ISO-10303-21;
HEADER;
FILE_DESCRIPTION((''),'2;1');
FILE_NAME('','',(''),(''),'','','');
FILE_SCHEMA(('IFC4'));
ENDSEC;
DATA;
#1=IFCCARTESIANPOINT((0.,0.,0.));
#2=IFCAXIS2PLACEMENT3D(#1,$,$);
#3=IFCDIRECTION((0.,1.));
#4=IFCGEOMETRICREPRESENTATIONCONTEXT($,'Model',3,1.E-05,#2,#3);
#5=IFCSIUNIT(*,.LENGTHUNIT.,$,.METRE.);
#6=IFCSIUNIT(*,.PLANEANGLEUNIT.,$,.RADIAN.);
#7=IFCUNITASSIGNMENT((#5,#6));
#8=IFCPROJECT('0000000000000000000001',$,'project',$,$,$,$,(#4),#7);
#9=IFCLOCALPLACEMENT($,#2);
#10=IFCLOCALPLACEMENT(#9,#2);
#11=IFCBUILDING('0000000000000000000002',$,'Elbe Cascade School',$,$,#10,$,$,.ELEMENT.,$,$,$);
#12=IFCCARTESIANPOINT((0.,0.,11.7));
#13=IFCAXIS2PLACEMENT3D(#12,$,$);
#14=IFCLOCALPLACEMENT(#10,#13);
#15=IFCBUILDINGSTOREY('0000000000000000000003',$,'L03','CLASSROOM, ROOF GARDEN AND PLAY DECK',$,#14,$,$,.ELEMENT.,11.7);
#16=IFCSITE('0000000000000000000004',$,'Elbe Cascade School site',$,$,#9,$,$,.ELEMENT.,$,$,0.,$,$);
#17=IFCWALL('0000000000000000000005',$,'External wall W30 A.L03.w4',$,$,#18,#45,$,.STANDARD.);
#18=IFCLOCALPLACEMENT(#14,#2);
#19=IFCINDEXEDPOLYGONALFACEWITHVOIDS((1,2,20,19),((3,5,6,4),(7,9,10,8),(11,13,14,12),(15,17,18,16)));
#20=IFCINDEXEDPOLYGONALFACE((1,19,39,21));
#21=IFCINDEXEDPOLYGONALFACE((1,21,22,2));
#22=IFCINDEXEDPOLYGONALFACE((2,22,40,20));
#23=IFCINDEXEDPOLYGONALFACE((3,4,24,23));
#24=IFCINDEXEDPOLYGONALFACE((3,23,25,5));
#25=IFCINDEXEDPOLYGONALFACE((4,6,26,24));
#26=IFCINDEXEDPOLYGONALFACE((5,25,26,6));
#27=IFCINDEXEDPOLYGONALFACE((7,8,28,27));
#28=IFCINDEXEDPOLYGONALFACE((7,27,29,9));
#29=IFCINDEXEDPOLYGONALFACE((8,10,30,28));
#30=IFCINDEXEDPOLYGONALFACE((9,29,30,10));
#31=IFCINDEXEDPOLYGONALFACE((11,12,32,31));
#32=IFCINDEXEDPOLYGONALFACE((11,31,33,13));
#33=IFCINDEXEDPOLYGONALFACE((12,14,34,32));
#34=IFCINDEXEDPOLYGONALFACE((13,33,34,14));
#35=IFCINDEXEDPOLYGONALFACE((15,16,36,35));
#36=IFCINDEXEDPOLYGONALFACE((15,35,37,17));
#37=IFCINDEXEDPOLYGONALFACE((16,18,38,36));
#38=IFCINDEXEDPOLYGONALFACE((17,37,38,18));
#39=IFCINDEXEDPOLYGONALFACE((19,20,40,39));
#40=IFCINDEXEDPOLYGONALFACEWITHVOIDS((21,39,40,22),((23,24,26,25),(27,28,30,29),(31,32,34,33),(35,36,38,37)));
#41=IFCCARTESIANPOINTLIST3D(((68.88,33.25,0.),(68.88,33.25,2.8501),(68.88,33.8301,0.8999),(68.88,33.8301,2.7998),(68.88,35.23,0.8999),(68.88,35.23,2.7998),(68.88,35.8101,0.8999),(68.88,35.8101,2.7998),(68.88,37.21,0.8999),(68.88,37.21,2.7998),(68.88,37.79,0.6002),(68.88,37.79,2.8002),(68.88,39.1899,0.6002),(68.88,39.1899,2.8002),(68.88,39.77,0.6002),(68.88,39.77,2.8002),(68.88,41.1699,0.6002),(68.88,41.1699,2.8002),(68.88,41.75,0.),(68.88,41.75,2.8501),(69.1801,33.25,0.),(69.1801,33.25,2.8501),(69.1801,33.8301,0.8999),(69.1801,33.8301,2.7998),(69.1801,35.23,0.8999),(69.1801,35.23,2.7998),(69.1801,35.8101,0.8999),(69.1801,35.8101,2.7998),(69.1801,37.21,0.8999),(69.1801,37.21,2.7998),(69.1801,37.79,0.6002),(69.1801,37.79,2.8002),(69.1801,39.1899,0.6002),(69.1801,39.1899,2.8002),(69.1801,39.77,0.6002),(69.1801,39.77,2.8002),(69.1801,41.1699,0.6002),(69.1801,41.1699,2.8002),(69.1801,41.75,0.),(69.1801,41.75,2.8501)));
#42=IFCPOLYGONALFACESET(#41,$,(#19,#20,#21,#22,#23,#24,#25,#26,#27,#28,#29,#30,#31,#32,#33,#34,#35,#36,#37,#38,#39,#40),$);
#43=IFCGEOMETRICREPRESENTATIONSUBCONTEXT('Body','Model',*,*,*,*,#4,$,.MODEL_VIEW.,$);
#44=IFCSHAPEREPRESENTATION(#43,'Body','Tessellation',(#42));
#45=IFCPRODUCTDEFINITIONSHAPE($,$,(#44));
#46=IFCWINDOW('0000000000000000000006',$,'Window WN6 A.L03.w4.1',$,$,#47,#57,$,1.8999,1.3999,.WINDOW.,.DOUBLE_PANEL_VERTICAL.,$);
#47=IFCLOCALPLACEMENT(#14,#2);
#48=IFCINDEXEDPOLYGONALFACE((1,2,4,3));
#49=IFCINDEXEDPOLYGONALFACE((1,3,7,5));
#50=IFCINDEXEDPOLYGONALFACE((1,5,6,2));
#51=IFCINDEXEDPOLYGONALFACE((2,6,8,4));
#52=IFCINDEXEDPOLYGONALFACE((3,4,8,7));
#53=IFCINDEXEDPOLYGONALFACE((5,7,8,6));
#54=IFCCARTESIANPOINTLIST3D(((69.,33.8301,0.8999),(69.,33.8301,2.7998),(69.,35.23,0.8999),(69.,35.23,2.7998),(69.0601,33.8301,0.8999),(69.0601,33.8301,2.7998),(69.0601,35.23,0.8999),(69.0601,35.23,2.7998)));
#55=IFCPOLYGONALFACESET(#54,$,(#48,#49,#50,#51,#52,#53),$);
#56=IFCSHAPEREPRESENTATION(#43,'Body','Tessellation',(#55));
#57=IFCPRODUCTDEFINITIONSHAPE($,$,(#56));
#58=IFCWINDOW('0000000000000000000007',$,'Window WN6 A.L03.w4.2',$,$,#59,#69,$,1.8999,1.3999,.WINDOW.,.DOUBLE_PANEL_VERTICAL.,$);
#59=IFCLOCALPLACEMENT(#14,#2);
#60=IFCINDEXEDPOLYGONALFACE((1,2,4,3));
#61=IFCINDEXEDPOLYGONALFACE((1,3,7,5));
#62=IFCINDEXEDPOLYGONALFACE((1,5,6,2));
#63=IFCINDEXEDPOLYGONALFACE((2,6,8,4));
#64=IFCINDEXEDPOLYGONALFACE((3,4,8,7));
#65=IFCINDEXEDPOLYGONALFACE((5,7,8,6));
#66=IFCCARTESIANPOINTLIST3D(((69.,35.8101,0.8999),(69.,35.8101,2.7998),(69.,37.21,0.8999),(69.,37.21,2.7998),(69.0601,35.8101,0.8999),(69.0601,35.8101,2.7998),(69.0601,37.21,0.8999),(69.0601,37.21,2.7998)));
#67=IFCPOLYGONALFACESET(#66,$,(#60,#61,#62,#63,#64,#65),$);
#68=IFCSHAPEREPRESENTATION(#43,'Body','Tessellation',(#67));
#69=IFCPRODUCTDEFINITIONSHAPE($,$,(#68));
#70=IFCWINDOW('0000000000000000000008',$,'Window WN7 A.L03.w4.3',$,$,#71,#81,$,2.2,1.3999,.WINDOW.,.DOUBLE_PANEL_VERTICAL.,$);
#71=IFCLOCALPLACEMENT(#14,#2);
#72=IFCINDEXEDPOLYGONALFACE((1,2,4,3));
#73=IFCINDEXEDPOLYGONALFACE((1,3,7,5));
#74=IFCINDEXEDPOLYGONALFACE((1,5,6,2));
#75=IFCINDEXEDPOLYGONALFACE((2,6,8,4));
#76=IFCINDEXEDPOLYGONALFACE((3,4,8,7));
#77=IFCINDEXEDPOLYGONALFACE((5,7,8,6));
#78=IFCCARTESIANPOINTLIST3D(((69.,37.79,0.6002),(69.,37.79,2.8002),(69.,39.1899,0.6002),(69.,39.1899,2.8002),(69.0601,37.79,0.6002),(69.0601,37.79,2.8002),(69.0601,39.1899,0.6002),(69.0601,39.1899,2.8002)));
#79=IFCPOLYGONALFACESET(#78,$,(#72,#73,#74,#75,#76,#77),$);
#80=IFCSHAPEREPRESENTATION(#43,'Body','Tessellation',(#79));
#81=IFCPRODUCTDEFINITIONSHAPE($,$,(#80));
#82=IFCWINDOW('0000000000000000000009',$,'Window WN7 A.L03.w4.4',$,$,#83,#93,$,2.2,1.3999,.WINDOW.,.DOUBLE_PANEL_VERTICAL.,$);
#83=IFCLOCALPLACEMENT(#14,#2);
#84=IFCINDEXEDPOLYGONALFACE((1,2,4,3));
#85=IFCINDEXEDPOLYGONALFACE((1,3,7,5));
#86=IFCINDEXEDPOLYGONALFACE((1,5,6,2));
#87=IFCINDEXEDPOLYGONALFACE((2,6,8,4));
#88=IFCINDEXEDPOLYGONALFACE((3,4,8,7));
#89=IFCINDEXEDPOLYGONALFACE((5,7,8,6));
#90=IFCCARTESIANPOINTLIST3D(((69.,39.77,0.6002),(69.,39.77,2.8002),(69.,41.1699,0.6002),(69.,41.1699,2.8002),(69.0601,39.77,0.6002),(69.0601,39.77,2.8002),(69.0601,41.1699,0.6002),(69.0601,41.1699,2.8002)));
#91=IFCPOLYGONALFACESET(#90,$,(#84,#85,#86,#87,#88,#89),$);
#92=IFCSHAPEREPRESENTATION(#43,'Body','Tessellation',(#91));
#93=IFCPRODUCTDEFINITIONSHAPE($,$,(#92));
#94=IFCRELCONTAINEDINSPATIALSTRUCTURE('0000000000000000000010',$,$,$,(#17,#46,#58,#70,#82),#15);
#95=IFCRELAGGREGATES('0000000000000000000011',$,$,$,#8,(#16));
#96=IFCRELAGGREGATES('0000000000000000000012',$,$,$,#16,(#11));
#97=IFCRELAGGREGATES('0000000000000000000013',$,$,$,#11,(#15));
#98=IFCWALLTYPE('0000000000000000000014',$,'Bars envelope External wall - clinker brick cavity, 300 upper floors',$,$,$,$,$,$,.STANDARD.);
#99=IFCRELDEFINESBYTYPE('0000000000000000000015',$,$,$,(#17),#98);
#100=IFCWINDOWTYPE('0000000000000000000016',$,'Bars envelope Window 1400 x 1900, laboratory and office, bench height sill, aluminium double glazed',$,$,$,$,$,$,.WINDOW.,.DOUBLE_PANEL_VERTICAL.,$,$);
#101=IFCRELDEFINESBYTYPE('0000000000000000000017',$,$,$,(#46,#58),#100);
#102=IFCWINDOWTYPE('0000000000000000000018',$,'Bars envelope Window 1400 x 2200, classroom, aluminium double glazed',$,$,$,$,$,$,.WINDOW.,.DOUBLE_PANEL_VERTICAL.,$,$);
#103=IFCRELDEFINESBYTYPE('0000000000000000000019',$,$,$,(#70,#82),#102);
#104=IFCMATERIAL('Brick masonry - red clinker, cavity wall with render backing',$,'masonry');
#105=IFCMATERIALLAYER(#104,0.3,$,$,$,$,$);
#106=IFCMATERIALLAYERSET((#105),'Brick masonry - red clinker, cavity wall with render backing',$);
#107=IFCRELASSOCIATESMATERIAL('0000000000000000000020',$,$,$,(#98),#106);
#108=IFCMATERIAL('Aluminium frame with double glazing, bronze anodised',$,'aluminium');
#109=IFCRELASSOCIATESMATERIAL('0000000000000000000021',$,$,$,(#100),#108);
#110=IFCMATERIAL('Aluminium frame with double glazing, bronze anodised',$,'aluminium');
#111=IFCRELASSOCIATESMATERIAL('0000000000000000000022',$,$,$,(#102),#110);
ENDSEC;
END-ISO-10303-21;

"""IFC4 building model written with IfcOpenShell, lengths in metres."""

from ifc_helpers import new_model, si_unit, direction, frame, frame_2d, origin, place, context, subcontext, project, spatial, rectangle, extrude, material, layer, layer_set, type_object, element, fill, save


model = new_model("IFC4")

# Units and contexts
model_context = context("Model", 3, precision=1e-05, world=origin(), true_north=direction((0.0, 1.0)))
body_context = subcontext(model_context, "Body", "Model", "MODEL_VIEW")
ifc_project = project(units=[si_unit("LENGTHUNIT", "METRE"), si_unit("PLANEANGLEUNIT", "RADIAN")], contexts=[model_context])

# Site, building, storey
site_placement = place(None, origin())
site = spatial("IfcSite", under=ifc_project, at=site_placement, Name="Elbe Cascade School site", CompositionType="ELEMENT", RefElevation=0.0)
building_placement = place(site_placement, origin())
building = spatial("IfcBuilding", under=site, at=building_placement, Name="Elbe Cascade School", CompositionType="ELEMENT")
storey_placement = place(building_placement, frame((0.0, 0.0, 11.7)))
storey = spatial("IfcBuildingStorey", under=building, at=storey_placement, Name="L03", Description="CLASSROOM, ROOF GARDEN AND PLAY DECK", CompositionType="ELEMENT", Elevation=11.7)

# Wall, openings, windows
ifc_material_1 = material(Name="Brick masonry - red clinker, cavity wall with render backing", Category="masonry")
ifc_layer_1 = layer(ifc_material_1, 0.3)
ifc_layer_set_1 = layer_set([ifc_layer_1], Name="Brick masonry - red clinker, cavity wall with render backing")
wall_type_1 = type_object("IfcWallType", Name="Bars envelope External wall - clinker brick cavity, 300 upper floors", PredefinedType="STANDARD", material=ifc_layer_set_1)
wall_1_placement = place(storey_placement, frame((69.03, 33.25, 0.0), z_axis=(0.0, 0.0, 1.0), x_axis=(0.0, 1.0, 0.0)))
wall_1 = element("IfcWall", 1, at=wall_1_placement, inside=storey, type_object=wall_type_1, Name="External wall W30 A.L03.w4", PredefinedType="STANDARD", context=body_context, shape_type="SweptSolid", body=[
    extrude(rectangle(XDim=8.5, YDim=0.3, at=frame_2d((4.25, 0.0))), origin(), (0.0, 0.0, 1.0), 2.8501),
])
opening_1_placement = place(wall_1_placement, frame((0.5801, 0.0, 0.8999)))
opening_1 = element("IfcOpeningElement", 2, at=opening_1_placement, cuts=wall_1, PredefinedType="OPENING", context=body_context, shape_type="SweptSolid", body=[
    extrude(rectangle(XDim=1.3999, YDim=1.8999, at=frame_2d((0.7, 0.95))), frame((0.0, 0.1599, 0.0), z_axis=(0.0, -1.0, 0.0), x_axis=(1.0, 0.0, 0.0)), (0.0, 0.0, 1.0), 0.3201),
])
opening_2_placement = place(wall_1_placement, frame((2.5601, 0.0, 0.8999)))
opening_2 = element("IfcOpeningElement", 3, at=opening_2_placement, cuts=wall_1, PredefinedType="OPENING", context=body_context, shape_type="SweptSolid", body=[
    extrude(rectangle(XDim=1.3999, YDim=1.8999, at=frame_2d((0.7, 0.95))), frame((0.0, 0.1599, 0.0), z_axis=(0.0, -1.0, 0.0), x_axis=(1.0, 0.0, 0.0)), (0.0, 0.0, 1.0), 0.3201),
])
opening_3_placement = place(wall_1_placement, frame((4.54, 0.0, 0.6001)))
opening_3 = element("IfcOpeningElement", 4, at=opening_3_placement, cuts=wall_1, PredefinedType="OPENING", context=body_context, shape_type="SweptSolid", body=[
    extrude(rectangle(XDim=1.3999, YDim=2.2, at=frame_2d((0.7, 1.1001))), frame((0.0, 0.1599, 0.0), z_axis=(0.0, -1.0, 0.0), x_axis=(1.0, 0.0, 0.0)), (0.0, 0.0, 1.0), 0.3201),
])
opening_4_placement = place(wall_1_placement, frame((6.52, 0.0, 0.6001)))
opening_4 = element("IfcOpeningElement", 5, at=opening_4_placement, cuts=wall_1, PredefinedType="OPENING", context=body_context, shape_type="SweptSolid", body=[
    extrude(rectangle(XDim=1.3999, YDim=2.2, at=frame_2d((0.7, 1.1001))), frame((0.0, 0.1599, 0.0), z_axis=(0.0, -1.0, 0.0), x_axis=(1.0, 0.0, 0.0)), (0.0, 0.0, 1.0), 0.3201),
])
ifc_material_2 = material(Name="Aluminium frame with double glazing, bronze anodised", Category="aluminium")
window_type_1 = type_object("IfcWindowType", Name="Bars envelope Window 1400 x 1900, laboratory and office, bench height sill, aluminium double glazed", PartitioningType="DOUBLE_PANEL_VERTICAL", PredefinedType="WINDOW", material=ifc_material_2)
window_1_placement = place(opening_1_placement, origin())
window_1 = element("IfcWindow", 6, at=window_1_placement, inside=storey, type_object=window_type_1, Name="Window WN6 A.L03.w4.1", OverallHeight=1.8999, OverallWidth=1.3999, PartitioningType="DOUBLE_PANEL_VERTICAL", PredefinedType="WINDOW", context=body_context, shape_type="SweptSolid", body=[
    extrude(rectangle(XDim=1.3999, YDim=1.8999, at=frame_2d((0.7, 0.95))), frame((0.0, 0.03, 0.0), z_axis=(0.0, -1.0, 0.0), x_axis=(1.0, 0.0, 0.0)), (0.0, 0.0, 1.0), 0.0601),
])
fill(opening_1, window_1)
window_2_placement = place(opening_2_placement, origin())
window_2 = element("IfcWindow", 7, at=window_2_placement, inside=storey, type_object=window_type_1, Name="Window WN6 A.L03.w4.2", OverallHeight=1.8999, OverallWidth=1.3999, PartitioningType="DOUBLE_PANEL_VERTICAL", PredefinedType="WINDOW", context=body_context, shape_type="SweptSolid", body=[
    extrude(rectangle(XDim=1.3999, YDim=1.8999, at=frame_2d((0.7, 0.95))), frame((0.0, 0.03, 0.0), z_axis=(0.0, -1.0, 0.0), x_axis=(1.0, 0.0, 0.0)), (0.0, 0.0, 1.0), 0.0601),
])
fill(opening_2, window_2)
ifc_material_3 = material(Name="Aluminium frame with double glazing, bronze anodised", Category="aluminium")
window_type_2 = type_object("IfcWindowType", Name="Bars envelope Window 1400 x 2200, classroom, aluminium double glazed", PartitioningType="DOUBLE_PANEL_VERTICAL", PredefinedType="WINDOW", material=ifc_material_3)
window_3_placement = place(opening_3_placement, origin())
window_3 = element("IfcWindow", 8, at=window_3_placement, inside=storey, type_object=window_type_2, Name="Window WN7 A.L03.w4.3", OverallHeight=2.2, OverallWidth=1.3999, PartitioningType="DOUBLE_PANEL_VERTICAL", PredefinedType="WINDOW", context=body_context, shape_type="SweptSolid", body=[
    extrude(rectangle(XDim=1.3999, YDim=2.2, at=frame_2d((0.7, 1.1001))), frame((0.0, 0.03, 0.0), z_axis=(0.0, -1.0, 0.0), x_axis=(1.0, 0.0, 0.0)), (0.0, 0.0, 1.0), 0.0601),
])
fill(opening_3, window_3)
window_4_placement = place(opening_4_placement, origin())
window_4 = element("IfcWindow", 9, at=window_4_placement, inside=storey, type_object=window_type_2, Name="Window WN7 A.L03.w4.4", OverallHeight=2.2, OverallWidth=1.3999, PartitioningType="DOUBLE_PANEL_VERTICAL", PredefinedType="WINDOW", context=body_context, shape_type="SweptSolid", body=[
    extrude(rectangle(XDim=1.3999, YDim=2.2, at=frame_2d((0.7, 1.1001))), frame((0.0, 0.03, 0.0), z_axis=(0.0, -1.0, 0.0), x_axis=(1.0, 0.0, 0.0)), (0.0, 0.0, 1.0), 0.0601),
])
fill(opening_4, window_4)

save(model, "model.ifc")
